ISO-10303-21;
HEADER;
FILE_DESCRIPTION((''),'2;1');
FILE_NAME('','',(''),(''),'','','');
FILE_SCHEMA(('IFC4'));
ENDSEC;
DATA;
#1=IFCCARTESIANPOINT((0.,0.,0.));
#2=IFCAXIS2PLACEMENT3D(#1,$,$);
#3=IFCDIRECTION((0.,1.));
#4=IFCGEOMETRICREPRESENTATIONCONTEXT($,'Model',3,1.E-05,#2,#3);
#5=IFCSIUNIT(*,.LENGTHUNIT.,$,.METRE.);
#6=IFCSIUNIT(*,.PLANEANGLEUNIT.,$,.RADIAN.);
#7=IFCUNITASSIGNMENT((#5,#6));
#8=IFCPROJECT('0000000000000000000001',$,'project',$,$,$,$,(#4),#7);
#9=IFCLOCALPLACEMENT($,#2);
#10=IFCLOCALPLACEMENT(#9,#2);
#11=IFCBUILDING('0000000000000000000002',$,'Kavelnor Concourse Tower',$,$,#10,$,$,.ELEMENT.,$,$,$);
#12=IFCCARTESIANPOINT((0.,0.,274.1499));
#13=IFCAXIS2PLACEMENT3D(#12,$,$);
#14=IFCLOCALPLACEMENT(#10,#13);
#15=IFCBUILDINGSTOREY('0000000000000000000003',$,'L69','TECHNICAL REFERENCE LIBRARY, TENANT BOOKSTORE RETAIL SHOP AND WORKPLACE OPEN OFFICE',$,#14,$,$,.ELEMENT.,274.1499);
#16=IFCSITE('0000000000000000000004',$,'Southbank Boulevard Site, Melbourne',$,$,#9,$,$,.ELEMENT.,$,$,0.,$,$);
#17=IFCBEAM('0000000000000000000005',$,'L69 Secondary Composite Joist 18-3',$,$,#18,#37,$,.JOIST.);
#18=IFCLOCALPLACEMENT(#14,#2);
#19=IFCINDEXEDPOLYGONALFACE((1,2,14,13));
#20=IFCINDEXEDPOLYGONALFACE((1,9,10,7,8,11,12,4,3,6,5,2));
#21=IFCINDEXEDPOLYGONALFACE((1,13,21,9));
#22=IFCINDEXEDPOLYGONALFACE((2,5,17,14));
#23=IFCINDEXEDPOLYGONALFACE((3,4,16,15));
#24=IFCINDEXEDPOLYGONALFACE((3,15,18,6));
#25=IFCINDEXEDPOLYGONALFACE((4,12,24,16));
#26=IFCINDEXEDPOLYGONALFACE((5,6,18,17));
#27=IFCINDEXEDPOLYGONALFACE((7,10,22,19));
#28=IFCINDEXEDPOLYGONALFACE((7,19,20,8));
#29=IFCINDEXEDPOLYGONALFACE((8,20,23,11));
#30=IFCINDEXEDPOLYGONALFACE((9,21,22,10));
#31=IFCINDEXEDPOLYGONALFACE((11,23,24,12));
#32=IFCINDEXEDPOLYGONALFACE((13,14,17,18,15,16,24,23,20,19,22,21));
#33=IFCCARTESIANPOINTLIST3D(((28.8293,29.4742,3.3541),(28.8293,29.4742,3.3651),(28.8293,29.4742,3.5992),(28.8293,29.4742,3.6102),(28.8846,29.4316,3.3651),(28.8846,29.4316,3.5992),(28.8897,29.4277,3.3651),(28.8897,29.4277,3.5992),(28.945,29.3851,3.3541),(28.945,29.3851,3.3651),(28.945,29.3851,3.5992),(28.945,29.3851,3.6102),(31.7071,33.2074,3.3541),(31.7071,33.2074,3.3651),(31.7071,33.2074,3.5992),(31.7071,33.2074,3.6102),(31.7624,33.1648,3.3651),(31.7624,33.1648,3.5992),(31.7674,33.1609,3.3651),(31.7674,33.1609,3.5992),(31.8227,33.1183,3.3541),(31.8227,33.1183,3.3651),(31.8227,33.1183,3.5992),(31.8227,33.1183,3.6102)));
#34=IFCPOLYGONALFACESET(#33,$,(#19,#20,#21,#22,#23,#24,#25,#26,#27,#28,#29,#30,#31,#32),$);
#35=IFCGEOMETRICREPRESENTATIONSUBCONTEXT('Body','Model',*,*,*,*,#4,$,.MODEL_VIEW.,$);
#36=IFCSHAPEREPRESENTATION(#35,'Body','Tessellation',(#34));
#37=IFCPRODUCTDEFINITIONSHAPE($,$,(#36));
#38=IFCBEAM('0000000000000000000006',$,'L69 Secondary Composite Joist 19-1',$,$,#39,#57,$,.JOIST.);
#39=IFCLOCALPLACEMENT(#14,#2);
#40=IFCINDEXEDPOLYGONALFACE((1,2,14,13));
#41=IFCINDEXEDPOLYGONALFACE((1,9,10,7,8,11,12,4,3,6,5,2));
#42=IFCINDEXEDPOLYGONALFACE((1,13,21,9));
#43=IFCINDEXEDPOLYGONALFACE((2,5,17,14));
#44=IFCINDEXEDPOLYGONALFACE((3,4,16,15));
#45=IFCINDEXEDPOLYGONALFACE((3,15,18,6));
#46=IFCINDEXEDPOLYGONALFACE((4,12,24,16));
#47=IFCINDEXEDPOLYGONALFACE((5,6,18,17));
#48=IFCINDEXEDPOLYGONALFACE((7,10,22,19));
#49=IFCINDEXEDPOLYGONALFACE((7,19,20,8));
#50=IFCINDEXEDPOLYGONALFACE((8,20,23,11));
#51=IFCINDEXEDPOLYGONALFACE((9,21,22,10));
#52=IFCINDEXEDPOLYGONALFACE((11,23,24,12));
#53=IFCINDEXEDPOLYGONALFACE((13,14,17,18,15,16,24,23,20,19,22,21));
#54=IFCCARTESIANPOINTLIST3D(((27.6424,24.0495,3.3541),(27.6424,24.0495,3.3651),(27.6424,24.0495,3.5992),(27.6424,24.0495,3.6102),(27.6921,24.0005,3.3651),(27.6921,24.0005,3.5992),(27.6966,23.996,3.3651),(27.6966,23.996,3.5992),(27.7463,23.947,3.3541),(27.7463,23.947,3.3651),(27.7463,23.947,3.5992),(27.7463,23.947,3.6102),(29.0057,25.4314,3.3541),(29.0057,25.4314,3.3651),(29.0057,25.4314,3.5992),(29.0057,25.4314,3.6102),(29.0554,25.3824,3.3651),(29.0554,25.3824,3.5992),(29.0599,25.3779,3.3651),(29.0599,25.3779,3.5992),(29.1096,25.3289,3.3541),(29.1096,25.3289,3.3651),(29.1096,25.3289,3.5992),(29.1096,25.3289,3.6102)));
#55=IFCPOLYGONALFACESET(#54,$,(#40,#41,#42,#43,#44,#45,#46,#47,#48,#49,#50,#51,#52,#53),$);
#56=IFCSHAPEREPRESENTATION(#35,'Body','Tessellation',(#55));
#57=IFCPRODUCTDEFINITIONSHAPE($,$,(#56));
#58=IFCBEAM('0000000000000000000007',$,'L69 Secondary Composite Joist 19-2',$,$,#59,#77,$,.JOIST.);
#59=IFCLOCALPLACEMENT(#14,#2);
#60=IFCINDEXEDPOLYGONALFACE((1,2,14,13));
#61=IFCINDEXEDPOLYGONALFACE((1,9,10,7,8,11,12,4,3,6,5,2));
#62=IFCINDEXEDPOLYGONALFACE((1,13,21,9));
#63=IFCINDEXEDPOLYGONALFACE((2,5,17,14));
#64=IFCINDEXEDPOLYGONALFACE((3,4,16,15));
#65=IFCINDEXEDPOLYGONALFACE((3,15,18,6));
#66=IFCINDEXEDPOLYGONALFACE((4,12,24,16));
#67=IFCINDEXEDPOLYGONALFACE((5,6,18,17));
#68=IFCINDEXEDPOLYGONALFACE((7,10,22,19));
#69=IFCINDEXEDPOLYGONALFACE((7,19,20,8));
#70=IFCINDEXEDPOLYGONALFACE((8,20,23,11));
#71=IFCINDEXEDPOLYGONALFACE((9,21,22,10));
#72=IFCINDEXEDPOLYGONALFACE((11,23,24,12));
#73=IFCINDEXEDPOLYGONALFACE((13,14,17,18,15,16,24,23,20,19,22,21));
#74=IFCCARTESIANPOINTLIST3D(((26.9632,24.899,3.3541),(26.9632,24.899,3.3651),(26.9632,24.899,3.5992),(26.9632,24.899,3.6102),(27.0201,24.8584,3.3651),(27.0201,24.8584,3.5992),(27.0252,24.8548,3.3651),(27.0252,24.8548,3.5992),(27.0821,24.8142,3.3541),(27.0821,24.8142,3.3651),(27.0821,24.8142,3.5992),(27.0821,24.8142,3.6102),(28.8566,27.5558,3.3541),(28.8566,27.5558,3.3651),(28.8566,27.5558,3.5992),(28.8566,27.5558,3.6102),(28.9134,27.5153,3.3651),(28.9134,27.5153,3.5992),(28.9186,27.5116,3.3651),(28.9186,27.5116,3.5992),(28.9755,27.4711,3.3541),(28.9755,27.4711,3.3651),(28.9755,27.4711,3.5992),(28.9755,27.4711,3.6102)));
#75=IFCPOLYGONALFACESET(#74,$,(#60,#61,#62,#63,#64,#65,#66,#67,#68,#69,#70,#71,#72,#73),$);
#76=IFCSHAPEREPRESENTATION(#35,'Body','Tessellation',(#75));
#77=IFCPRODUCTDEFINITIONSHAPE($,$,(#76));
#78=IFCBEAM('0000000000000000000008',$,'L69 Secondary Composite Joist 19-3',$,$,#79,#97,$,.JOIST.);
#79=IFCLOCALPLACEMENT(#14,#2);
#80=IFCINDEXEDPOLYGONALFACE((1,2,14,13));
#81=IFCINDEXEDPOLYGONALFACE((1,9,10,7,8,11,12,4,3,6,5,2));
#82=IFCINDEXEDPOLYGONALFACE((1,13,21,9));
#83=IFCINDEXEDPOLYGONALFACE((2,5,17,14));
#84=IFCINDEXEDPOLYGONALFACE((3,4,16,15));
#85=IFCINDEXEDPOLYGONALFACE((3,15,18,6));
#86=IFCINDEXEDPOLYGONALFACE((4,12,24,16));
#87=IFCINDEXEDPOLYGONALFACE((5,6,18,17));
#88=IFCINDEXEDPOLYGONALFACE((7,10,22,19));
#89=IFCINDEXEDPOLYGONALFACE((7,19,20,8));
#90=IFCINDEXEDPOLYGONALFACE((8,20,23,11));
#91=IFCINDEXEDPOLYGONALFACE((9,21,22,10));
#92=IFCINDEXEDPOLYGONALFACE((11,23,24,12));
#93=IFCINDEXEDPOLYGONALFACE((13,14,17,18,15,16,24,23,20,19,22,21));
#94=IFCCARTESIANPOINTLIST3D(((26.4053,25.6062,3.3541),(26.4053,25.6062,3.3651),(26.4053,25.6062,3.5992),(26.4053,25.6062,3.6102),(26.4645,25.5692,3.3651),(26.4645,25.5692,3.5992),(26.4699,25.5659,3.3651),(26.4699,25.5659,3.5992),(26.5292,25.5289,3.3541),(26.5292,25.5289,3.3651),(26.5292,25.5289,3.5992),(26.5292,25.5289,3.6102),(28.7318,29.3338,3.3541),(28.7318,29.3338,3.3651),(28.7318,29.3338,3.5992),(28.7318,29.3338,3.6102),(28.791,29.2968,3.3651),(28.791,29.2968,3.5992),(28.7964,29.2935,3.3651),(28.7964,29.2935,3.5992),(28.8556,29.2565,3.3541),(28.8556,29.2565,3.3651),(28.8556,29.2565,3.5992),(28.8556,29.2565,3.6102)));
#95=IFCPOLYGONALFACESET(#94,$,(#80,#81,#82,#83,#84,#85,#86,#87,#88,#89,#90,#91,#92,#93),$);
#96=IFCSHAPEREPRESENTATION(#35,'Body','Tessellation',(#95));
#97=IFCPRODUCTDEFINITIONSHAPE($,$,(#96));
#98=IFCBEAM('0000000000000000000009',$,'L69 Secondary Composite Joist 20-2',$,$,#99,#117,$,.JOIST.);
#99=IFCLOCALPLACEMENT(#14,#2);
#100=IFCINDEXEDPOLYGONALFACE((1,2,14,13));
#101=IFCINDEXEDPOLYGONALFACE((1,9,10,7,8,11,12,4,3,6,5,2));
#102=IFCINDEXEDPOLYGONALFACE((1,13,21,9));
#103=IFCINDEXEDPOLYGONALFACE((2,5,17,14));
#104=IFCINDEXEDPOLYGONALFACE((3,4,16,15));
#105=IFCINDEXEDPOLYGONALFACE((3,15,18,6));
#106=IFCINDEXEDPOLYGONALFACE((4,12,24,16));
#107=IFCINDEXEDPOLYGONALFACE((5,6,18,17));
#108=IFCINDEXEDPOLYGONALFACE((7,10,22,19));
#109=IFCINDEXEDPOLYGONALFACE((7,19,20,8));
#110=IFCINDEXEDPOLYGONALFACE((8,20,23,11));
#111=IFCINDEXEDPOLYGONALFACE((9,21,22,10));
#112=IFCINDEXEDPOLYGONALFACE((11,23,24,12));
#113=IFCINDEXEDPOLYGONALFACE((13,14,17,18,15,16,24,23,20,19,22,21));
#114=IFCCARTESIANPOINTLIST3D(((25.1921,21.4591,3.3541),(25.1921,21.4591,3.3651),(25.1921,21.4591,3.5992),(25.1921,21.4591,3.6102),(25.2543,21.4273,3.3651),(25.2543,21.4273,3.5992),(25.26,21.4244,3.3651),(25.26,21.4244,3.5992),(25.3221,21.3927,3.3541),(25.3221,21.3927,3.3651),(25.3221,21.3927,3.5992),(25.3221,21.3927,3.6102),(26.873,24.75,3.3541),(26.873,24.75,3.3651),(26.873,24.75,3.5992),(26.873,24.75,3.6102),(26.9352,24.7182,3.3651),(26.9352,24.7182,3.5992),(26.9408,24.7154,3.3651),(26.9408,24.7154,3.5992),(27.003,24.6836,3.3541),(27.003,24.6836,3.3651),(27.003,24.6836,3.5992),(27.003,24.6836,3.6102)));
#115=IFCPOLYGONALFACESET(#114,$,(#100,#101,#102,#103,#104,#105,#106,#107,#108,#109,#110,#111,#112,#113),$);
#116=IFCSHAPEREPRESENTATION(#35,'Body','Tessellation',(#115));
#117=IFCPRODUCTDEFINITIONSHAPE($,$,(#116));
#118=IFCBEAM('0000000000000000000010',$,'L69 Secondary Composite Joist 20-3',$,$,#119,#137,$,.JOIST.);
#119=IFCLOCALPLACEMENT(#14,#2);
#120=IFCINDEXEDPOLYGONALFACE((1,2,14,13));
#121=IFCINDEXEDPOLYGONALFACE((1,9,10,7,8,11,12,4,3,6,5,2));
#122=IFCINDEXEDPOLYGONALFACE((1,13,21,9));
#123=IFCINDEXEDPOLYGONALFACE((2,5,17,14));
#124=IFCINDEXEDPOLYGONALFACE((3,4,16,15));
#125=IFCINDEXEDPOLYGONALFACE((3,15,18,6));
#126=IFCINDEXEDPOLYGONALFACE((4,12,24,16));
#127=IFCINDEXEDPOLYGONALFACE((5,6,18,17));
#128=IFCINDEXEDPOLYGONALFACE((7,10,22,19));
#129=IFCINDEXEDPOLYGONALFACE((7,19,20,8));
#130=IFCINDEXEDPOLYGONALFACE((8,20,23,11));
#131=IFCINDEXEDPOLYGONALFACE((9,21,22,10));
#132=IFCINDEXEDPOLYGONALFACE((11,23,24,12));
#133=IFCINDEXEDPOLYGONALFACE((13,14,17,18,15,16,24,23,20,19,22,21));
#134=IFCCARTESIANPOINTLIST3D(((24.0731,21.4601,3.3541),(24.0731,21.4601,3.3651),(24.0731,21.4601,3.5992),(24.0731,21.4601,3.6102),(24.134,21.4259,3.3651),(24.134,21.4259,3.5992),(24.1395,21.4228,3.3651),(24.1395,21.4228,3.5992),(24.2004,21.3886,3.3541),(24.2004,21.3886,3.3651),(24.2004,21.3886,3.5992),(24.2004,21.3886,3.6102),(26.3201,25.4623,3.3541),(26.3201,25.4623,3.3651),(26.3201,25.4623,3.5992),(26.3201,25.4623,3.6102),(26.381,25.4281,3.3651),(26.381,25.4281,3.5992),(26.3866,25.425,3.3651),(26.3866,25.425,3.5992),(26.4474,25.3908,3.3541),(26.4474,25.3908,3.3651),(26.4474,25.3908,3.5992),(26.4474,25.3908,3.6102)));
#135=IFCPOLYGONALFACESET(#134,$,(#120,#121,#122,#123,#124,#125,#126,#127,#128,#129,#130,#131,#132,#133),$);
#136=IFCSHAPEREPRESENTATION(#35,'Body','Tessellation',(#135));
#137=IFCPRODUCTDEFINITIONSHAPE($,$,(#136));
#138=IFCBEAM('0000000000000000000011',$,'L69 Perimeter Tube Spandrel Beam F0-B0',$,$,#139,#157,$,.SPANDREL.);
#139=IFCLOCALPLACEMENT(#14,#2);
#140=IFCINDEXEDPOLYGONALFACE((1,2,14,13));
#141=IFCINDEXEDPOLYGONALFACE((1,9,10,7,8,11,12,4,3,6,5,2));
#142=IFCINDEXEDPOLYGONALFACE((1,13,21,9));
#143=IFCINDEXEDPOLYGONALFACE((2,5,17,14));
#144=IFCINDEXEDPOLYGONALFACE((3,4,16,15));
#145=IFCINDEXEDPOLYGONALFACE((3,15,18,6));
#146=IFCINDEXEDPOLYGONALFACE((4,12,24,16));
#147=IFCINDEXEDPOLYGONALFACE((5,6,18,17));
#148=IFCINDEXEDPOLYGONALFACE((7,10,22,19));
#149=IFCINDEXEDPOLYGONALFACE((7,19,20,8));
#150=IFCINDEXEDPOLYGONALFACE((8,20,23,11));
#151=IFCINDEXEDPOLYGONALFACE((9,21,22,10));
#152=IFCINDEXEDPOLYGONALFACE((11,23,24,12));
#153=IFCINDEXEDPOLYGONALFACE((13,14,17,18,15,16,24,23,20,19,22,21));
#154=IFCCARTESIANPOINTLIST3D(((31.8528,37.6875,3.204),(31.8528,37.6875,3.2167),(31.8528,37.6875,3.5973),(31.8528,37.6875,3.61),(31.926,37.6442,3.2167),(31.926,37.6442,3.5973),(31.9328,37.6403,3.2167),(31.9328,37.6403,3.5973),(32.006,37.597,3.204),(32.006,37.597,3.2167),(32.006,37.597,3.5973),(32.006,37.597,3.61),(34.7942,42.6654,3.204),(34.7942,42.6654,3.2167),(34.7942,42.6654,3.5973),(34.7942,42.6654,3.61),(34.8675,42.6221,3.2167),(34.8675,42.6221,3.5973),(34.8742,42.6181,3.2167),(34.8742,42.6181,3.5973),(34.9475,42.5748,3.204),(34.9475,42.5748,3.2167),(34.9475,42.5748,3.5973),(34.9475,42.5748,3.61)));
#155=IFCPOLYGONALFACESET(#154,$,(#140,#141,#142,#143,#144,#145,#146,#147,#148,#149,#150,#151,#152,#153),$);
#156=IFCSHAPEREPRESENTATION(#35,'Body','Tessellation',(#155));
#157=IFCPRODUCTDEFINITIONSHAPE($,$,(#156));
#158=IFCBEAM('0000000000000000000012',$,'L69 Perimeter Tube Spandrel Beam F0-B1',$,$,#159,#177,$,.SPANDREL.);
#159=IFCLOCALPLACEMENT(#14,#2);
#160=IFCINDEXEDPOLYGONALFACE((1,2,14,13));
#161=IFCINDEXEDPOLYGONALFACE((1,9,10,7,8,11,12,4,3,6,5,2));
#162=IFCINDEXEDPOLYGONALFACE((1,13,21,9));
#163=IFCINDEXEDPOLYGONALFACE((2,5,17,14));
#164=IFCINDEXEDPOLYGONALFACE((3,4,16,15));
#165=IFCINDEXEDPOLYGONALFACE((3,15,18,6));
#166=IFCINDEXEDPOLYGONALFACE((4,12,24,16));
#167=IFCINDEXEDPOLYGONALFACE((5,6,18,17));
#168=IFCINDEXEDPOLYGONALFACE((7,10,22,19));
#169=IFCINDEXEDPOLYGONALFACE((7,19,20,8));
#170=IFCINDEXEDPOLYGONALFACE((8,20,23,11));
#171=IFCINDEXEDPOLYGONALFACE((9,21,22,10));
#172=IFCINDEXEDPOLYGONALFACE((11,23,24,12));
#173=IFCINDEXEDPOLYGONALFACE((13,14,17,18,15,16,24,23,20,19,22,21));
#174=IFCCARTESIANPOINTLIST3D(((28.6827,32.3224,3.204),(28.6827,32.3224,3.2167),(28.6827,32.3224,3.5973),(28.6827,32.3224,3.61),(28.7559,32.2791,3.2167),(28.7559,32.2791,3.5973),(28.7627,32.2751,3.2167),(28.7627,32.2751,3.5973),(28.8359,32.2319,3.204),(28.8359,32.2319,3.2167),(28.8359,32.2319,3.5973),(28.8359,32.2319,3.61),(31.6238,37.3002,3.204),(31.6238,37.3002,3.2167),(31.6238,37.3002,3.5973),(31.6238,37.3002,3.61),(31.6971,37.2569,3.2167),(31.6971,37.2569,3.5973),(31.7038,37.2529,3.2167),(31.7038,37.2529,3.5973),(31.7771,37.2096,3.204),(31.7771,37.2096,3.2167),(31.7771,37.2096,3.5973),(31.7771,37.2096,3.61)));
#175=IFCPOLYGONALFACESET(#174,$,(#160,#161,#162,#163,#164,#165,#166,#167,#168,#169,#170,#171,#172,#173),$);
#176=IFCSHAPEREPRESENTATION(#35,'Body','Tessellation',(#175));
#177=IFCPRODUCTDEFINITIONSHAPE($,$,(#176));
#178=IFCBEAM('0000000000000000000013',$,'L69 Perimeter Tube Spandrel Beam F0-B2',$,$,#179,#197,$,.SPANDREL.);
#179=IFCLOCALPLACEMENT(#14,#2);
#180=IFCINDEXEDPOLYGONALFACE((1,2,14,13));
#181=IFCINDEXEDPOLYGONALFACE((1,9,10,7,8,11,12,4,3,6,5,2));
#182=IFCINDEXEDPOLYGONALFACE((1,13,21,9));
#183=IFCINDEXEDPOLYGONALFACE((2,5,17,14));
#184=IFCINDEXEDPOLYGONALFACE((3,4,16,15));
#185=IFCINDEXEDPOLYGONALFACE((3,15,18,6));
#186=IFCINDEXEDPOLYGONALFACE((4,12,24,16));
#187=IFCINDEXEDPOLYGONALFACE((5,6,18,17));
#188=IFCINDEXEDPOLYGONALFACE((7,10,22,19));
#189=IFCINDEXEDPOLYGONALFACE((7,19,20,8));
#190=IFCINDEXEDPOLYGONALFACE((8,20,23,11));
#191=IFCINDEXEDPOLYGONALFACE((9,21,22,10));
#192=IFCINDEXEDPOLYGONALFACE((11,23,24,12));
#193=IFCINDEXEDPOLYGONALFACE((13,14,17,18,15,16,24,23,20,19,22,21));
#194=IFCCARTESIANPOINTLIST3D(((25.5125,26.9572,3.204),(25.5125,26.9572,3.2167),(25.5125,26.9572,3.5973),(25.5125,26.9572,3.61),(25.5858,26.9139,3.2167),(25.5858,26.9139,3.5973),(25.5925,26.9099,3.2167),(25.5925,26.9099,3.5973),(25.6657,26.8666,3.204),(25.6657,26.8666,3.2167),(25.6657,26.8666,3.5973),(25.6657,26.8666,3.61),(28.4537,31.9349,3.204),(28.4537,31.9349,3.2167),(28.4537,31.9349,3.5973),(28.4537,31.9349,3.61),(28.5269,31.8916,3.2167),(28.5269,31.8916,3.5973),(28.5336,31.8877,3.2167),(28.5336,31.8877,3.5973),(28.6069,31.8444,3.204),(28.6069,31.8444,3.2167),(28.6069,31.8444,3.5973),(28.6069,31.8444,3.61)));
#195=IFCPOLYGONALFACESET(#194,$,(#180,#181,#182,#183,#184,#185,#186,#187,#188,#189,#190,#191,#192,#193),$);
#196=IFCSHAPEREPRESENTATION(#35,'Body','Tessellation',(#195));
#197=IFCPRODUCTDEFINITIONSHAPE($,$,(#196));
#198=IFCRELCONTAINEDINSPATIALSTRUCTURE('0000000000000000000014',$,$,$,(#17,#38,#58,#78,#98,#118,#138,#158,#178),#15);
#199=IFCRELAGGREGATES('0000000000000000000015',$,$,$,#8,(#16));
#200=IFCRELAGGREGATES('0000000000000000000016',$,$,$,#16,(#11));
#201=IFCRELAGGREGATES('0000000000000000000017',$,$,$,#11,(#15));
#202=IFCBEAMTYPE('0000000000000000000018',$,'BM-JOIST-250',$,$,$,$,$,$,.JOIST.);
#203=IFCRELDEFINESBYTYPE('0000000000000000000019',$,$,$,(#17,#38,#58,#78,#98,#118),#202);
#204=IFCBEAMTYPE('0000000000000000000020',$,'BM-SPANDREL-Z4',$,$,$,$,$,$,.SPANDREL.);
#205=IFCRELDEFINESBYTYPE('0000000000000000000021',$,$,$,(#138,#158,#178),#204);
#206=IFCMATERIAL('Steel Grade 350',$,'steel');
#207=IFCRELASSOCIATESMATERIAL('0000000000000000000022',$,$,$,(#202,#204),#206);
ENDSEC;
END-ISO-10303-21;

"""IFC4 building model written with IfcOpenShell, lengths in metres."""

from ifc_helpers import new_model, si_unit, direction, frame, origin, origin_2d, place, context, subcontext, project, spatial, i_section, extrude, material, material_profile, profile_set, type_object, element, save


model = new_model("IFC4")

# Units and contexts
model_context = context("Model", 3, precision=1e-05, world=origin(), true_north=direction((0.0, 1.0)))
body_context = subcontext(model_context, "Body", "Model", "MODEL_VIEW")
ifc_project = project(units=[si_unit("LENGTHUNIT", "METRE"), si_unit("PLANEANGLEUNIT", "RADIAN")], contexts=[model_context])

# Site, building, storey
site_placement = place(None, origin())
site = spatial("IfcSite", under=ifc_project, at=site_placement, Name="Southbank Boulevard Site, Melbourne", CompositionType="ELEMENT", RefElevation=0.0)
building_placement = place(site_placement, origin())
building = spatial("IfcBuilding", under=site, at=building_placement, Name="Kavelnor Concourse Tower", CompositionType="ELEMENT")
storey_placement = place(building_placement, frame((0.0, 0.0, 274.1499)))
storey = spatial("IfcBuildingStorey", under=building, at=storey_placement, Name="L69", Description="TECHNICAL REFERENCE LIBRARY, TENANT BOOKSTORE RETAIL SHOP AND WORKPLACE OPEN OFFICE", CompositionType="ELEMENT", Elevation=274.1499)

# Shared definitions
ifc_material_1 = material(Name="Steel Grade 350", Category="steel")

# Beams
ifc_material_profile_1 = material_profile(ifc_material_1, i_section(OverallWidth=0.146, OverallDepth=0.2561, WebThickness=0.0063, FlangeThickness=0.011, at=origin_2d()), Name="250UB37")
ifc_profile_set_1 = profile_set([ifc_material_profile_1], Name="Steel Grade 350")
beam_type_1 = type_object("IfcBeamType", Name="BM-JOIST-250", PredefinedType="JOIST", material=ifc_profile_set_1)
beam_1_placement = place(storey_placement, frame((31.7649, 33.1628, 3.4822), z_axis=(-0.610514, -0.792006, 0.0), x_axis=(0.792006, -0.610514, 0.0)))
element("IfcBeam", 1, at=beam_1_placement, inside=storey, type_object=beam_type_1, Name="L69 Secondary Composite Joist 18-3", PredefinedType="JOIST", context=body_context, shape_type="SweptSolid", body=[
    extrude(i_section(OverallWidth=0.146, OverallDepth=0.2561, WebThickness=0.0063, FlangeThickness=0.011, at=origin_2d()), origin(), (0.0, 0.0, 1.0), 4.7136),
])
beam_2_placement = place(storey_placement, frame((29.0576, 25.3801, 3.4822), z_axis=(-0.702311, -0.71187, 0.0), x_axis=(0.71187, -0.702311, 0.0)))
element("IfcBeam", 2, at=beam_2_placement, inside=storey, type_object=beam_type_1, Name="L69 Secondary Composite Joist 19-1", PredefinedType="JOIST", context=body_context, shape_type="SweptSolid", body=[
    extrude(i_section(OverallWidth=0.146, OverallDepth=0.2561, WebThickness=0.0063, FlangeThickness=0.011, at=origin_2d()), origin(), (0.0, 0.0, 1.0), 1.9412),
])
beam_3_placement = place(storey_placement, frame((28.916, 27.5134, 3.4822), z_axis=(-0.580353, -0.814365, 0.0), x_axis=(0.814365, -0.580353, 0.0)))
element("IfcBeam", 3, at=beam_3_placement, inside=storey, type_object=beam_type_1, Name="L69 Secondary Composite Joist 19-2", PredefinedType="JOIST", context=body_context, shape_type="SweptSolid", body=[
    extrude(i_section(OverallWidth=0.146, OverallDepth=0.2561, WebThickness=0.0063, FlangeThickness=0.011, at=origin_2d()), origin(), (0.0, 0.0, 1.0), 3.2625),
])
beam_4_placement = place(storey_placement, frame((28.7937, 29.2952, 3.4822), z_axis=(-0.529459, -0.848335, 0.0), x_axis=(0.848335, -0.529459, 0.0)))
element("IfcBeam", 4, at=beam_4_placement, inside=storey, type_object=beam_type_1, Name="L69 Secondary Composite Joist 19-3", PredefinedType="JOIST", context=body_context, shape_type="SweptSolid", body=[
    extrude(i_section(OverallWidth=0.146, OverallDepth=0.2561, WebThickness=0.0063, FlangeThickness=0.011, at=origin_2d()), origin(), (0.0, 0.0, 1.0), 4.394),
])
beam_5_placement = place(storey_placement, frame((26.938, 24.7168, 3.4822), z_axis=(-0.454861, -0.890563, 0.0), x_axis=(0.890563, -0.454861, 0.0)))
element("IfcBeam", 5, at=beam_5_placement, inside=storey, type_object=beam_type_1, Name="L69 Secondary Composite Joist 20-2", PredefinedType="JOIST", context=body_context, shape_type="SweptSolid", body=[
    extrude(i_section(OverallWidth=0.146, OverallDepth=0.2561, WebThickness=0.0063, FlangeThickness=0.011, at=origin_2d()), origin(), (0.0, 0.0, 1.0), 3.6953),
])
beam_6_placement = place(storey_placement, frame((26.3838, 25.4265, 3.4822), z_axis=(-0.489572, -0.871963, 0.0), x_axis=(0.871963, -0.489572, 0.0)))
element("IfcBeam", 6, at=beam_6_placement, inside=storey, type_object=beam_type_1, Name="L69 Secondary Composite Joist 20-3", PredefinedType="JOIST", context=body_context, shape_type="SweptSolid", body=[
    extrude(i_section(OverallWidth=0.146, OverallDepth=0.2561, WebThickness=0.0063, FlangeThickness=0.011, at=origin_2d()), origin(), (0.0, 0.0, 1.0), 4.5898),
])
ifc_material_profile_2 = material_profile(ifc_material_1, i_section(OverallWidth=0.178, OverallDepth=0.406, WebThickness=0.0078, FlangeThickness=0.0127, at=origin_2d()), Name="410UB59")
ifc_profile_set_2 = profile_set([ifc_material_profile_2], Name="Steel Grade 350")
beam_type_2 = type_object("IfcBeamType", Name="BM-SPANDREL-Z4", PredefinedType="SPANDREL", material=ifc_profile_set_2)
beam_7_placement = place(storey_placement, frame((34.8708, 42.6201, 3.407), z_axis=(-0.508728, -0.860927, 0.0), x_axis=(0.860927, -0.508728, 0.0)))
element("IfcBeam", 7, at=beam_7_placement, inside=storey, type_object=beam_type_2, Name="L69 Perimeter Tube Spandrel Beam F0-B0", PredefinedType="SPANDREL", context=body_context, shape_type="SweptSolid", body=[
    extrude(i_section(OverallWidth=0.178, OverallDepth=0.406, WebThickness=0.0078, FlangeThickness=0.0127, at=origin_2d()), origin(), (0.0, 0.0, 1.0), 5.782),
])
for number, where, z_axis, x_axis, name in (
    (8, (31.7004, 37.2549, 3.407), (-0.508697, -0.860946, 0.0), (0.860946, -0.508697, 0.0), "L69 Perimeter Tube Spandrel Beam F0-B1"),
    (9, (28.5303, 31.8896, 3.407), (-0.508697, -0.860946, 0.0), (0.860946, -0.508697, 0.0), "L69 Perimeter Tube Spandrel Beam F0-B2"),
):
    element("IfcBeam", number, at=place(storey_placement, frame(where, z_axis=z_axis, x_axis=x_axis)), inside=storey, type_object=beam_type_2, Name=name, PredefinedType="SPANDREL", context=body_context, shape_type="SweptSolid", body=[
        extrude(i_section(OverallWidth=0.178, OverallDepth=0.406, WebThickness=0.0078, FlangeThickness=0.0127, at=origin_2d()), origin(), (0.0, 0.0, 1.0), 5.7817),
    ])

save(model, "model.ifc")
